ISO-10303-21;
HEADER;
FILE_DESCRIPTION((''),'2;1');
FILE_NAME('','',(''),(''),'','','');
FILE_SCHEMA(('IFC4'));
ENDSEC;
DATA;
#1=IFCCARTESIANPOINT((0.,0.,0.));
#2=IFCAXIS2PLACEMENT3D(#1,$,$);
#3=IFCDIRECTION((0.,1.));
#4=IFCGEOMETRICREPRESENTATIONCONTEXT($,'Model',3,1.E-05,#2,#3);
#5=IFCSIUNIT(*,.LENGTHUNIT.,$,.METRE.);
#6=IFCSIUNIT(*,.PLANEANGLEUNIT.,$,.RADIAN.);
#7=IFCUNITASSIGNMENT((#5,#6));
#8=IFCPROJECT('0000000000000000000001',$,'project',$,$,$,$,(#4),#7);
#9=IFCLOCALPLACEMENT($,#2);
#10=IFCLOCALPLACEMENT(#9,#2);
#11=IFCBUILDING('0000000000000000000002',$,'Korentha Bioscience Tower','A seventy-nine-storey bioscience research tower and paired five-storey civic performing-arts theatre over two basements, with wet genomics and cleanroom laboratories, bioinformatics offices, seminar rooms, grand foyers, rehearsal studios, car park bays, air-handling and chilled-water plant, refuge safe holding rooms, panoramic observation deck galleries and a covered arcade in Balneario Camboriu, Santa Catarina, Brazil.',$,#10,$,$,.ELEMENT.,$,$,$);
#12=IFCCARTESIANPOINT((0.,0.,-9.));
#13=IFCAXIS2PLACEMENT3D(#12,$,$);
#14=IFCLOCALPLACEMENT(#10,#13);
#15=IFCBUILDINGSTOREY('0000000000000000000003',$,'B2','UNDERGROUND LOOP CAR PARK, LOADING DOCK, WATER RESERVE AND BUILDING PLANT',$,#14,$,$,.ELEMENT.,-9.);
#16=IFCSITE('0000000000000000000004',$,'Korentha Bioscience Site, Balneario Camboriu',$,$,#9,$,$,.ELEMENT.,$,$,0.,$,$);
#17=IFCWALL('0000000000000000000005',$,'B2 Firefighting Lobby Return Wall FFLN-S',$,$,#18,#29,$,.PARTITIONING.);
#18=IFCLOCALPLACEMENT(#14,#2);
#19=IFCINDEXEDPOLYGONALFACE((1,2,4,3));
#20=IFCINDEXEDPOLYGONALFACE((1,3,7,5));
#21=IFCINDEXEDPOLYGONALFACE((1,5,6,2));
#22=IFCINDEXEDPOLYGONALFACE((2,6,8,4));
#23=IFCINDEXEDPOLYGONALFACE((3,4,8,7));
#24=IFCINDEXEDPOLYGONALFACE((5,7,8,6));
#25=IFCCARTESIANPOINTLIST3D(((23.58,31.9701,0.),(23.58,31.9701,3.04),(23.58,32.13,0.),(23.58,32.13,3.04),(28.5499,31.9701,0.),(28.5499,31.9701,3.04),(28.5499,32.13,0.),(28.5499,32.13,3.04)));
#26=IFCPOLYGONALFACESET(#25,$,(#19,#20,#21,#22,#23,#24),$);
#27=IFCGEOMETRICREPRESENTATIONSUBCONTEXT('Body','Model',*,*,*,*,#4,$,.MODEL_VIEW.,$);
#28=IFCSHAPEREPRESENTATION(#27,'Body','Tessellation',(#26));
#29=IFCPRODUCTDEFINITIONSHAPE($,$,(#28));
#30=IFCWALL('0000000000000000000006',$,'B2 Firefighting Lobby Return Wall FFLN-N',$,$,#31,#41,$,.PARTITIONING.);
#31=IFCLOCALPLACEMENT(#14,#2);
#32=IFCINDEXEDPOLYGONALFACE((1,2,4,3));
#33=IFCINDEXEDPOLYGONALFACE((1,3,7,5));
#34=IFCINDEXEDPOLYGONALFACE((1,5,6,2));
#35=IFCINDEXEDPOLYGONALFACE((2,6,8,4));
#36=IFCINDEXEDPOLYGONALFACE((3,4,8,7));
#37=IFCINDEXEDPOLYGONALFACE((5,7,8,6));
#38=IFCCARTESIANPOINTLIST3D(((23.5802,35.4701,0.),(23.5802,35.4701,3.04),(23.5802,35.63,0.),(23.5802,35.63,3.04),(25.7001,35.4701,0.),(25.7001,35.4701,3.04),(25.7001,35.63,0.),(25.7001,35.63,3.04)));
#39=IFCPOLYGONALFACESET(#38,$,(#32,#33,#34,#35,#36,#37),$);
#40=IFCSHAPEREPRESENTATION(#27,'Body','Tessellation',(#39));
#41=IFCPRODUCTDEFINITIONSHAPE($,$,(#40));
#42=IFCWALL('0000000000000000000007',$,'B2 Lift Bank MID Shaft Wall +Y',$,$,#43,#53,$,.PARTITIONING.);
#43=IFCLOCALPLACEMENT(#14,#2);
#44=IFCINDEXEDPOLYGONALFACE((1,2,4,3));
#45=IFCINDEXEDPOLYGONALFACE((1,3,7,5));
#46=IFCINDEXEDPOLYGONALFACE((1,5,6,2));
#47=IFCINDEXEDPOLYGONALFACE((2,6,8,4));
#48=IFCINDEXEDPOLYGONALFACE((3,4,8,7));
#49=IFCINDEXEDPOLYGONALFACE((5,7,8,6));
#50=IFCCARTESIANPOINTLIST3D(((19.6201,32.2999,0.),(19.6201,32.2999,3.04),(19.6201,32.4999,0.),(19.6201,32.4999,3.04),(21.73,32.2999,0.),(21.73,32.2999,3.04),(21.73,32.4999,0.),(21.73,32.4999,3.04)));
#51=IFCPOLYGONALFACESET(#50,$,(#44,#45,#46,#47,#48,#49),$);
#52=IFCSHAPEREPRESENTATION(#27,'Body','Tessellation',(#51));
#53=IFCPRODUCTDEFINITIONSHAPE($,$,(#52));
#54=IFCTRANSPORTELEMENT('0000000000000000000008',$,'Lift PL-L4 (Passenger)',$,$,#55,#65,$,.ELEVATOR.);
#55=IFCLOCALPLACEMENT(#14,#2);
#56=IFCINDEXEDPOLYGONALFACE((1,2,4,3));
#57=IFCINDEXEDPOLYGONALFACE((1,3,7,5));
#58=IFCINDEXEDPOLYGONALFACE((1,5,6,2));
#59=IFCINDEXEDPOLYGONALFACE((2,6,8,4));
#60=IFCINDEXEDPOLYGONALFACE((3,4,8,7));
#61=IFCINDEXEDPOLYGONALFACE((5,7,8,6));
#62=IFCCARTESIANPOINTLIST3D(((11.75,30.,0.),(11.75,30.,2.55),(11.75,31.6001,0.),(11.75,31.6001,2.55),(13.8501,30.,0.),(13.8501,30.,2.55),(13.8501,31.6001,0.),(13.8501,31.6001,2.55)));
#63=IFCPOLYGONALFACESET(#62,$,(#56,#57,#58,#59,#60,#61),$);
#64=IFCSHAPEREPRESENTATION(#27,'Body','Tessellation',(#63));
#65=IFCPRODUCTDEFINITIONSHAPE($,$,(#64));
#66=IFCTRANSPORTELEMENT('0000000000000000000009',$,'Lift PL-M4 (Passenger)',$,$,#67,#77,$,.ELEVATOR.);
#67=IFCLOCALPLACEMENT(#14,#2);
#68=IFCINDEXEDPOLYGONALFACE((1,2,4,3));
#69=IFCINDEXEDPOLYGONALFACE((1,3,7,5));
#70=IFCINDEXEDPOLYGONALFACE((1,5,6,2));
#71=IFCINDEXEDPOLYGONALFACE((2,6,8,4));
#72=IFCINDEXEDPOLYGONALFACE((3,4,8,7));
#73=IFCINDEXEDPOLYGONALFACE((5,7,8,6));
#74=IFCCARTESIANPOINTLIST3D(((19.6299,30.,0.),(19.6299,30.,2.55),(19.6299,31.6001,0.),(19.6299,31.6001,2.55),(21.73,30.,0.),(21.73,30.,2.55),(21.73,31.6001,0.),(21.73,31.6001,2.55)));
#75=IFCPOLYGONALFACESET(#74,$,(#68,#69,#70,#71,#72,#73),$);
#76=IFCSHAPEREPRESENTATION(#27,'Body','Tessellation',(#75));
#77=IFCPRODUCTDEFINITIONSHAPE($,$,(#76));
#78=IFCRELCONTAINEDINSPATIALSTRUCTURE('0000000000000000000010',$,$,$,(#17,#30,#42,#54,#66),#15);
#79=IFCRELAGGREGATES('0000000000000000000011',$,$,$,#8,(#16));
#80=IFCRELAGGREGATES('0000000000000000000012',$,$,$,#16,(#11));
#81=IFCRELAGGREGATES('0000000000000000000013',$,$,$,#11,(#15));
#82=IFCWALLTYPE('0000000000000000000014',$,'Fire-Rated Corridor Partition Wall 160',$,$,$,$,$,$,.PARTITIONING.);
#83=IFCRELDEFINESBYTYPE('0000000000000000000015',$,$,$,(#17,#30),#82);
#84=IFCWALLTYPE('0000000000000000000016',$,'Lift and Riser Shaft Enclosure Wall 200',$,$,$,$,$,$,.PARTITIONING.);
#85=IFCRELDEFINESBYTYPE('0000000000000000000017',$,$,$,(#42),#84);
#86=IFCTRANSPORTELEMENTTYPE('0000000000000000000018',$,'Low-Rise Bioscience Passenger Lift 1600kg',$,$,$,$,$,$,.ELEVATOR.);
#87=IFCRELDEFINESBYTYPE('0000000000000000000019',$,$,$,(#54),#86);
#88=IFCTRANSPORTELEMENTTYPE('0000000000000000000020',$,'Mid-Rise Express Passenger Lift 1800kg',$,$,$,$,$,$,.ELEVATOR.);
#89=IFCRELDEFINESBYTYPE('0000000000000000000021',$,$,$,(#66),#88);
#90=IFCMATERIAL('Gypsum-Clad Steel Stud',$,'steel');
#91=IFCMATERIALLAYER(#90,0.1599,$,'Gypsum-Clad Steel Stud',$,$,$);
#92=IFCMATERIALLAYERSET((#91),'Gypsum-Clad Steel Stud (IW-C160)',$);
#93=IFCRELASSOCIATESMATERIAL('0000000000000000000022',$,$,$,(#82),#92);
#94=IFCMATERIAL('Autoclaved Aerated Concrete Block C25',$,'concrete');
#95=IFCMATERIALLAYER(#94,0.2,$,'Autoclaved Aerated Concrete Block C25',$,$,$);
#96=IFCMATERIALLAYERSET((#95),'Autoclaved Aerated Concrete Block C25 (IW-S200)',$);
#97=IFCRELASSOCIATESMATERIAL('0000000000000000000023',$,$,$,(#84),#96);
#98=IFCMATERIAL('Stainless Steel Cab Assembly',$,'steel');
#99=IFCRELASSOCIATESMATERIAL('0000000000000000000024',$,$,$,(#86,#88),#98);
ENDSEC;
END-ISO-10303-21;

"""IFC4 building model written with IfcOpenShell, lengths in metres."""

from ifc_helpers import new_model, si_unit, direction, frame, frame_2d, origin, origin_2d, place, context, subcontext, project, spatial, rectangle, extrude, material, layer, layer_set, type_object, element, save


model = new_model("IFC4")

# Units and contexts
model_context = context("Model", 3, precision=1e-05, world=origin(), true_north=direction((0.0, 1.0)))
body_context = subcontext(model_context, "Body", "Model", "MODEL_VIEW")
ifc_project = project(units=[si_unit("LENGTHUNIT", "METRE"), si_unit("PLANEANGLEUNIT", "RADIAN")], contexts=[model_context])

# Site, building, storey
site_placement = place(None, origin())
site = spatial("IfcSite", under=ifc_project, at=site_placement, Name="Korentha Bioscience Site, Balneario Camboriu", CompositionType="ELEMENT", RefElevation=0.0)
building_placement = place(site_placement, origin())
building = spatial("IfcBuilding", under=site, at=building_placement, Name="Korentha Bioscience Tower", Description="A seventy-nine-storey bioscience research tower and paired five-storey civic performing-arts theatre over two basements, with wet genomics and cleanroom laboratories, bioinformatics offices, seminar rooms, grand foyers, rehearsal studios, car park bays, air-handling and chilled-water plant, refuge safe holding rooms, panoramic observation deck galleries and a covered arcade in Balneario Camboriu, Santa Catarina, Brazil.", CompositionType="ELEMENT")
storey_placement = place(building_placement, frame((0.0, 0.0, -9.0)))
storey = spatial("IfcBuildingStorey", under=building, at=storey_placement, Name="B2", Description="UNDERGROUND LOOP CAR PARK, LOADING DOCK, WATER RESERVE AND BUILDING PLANT", CompositionType="ELEMENT", Elevation=-9.0)

# Shared definitions
ifc_material_1 = material(Name="Gypsum-Clad Steel Stud", Category="steel")
ifc_layer_1 = layer(ifc_material_1, 0.1599, Name="Gypsum-Clad Steel Stud")
ifc_layer_set_1 = layer_set([ifc_layer_1], Name="Gypsum-Clad Steel Stud (IW-C160)")
wall_type_1 = type_object("IfcWallType", Name="Fire-Rated Corridor Partition Wall 160", PredefinedType="PARTITIONING", material=ifc_layer_set_1)

# Walls
wall_1_placement = place(storey_placement, frame((23.5801, 32.05, 0.0), z_axis=(0.0, 0.0, 1.0), x_axis=(1.0, 0.0, 0.0)))
element("IfcWall", 1, at=wall_1_placement, inside=storey, type_object=wall_type_1, Name="B2 Firefighting Lobby Return Wall FFLN-S", PredefinedType="PARTITIONING", context=body_context, shape_type="SweptSolid", body=[
    extrude(rectangle(XDim=4.97, YDim=0.1599, at=frame_2d((2.4849, 0.0))), origin(), (0.0, 0.0, 1.0), 3.04),
])
wall_2_placement = place(storey_placement, frame((23.5801, 35.55, 0.0), z_axis=(0.0, 0.0, 1.0), x_axis=(1.0, 0.0, 0.0)))
element("IfcWall", 2, at=wall_2_placement, inside=storey, type_object=wall_type_1, Name="B2 Firefighting Lobby Return Wall FFLN-N", PredefinedType="PARTITIONING", context=body_context, shape_type="SweptSolid", body=[
    extrude(rectangle(XDim=2.1199, YDim=0.1599, at=frame_2d((1.0601, 0.0))), origin(), (0.0, 0.0, 1.0), 3.04),
])
ifc_material_2 = material(Name="Autoclaved Aerated Concrete Block C25", Category="concrete")
ifc_layer_2 = layer(ifc_material_2, 0.2, Name="Autoclaved Aerated Concrete Block C25")
ifc_layer_set_2 = layer_set([ifc_layer_2], Name="Autoclaved Aerated Concrete Block C25 (IW-S200)")
wall_type_2 = type_object("IfcWallType", Name="Lift and Riser Shaft Enclosure Wall 200", PredefinedType="PARTITIONING", material=ifc_layer_set_2)
wall_3_placement = place(storey_placement, frame((19.6201, 32.3999, 0.0), z_axis=(0.0, 0.0, 1.0), x_axis=(1.0, 0.0, 0.0)))
element("IfcWall", 3, at=wall_3_placement, inside=storey, type_object=wall_type_2, Name="B2 Lift Bank MID Shaft Wall +Y", PredefinedType="PARTITIONING", context=body_context, shape_type="SweptSolid", body=[
    extrude(rectangle(XDim=2.1099, YDim=0.2, at=frame_2d((1.0549, 0.0))), origin(), (0.0, 0.0, 1.0), 3.04),
])

# Transport elements
ifc_material_3 = material(Name="Stainless Steel Cab Assembly", Category="steel")
transport_element_type_1 = type_object("IfcTransportElementType", Name="Low-Rise Bioscience Passenger Lift 1600kg", PredefinedType="ELEVATOR", material=ifc_material_3)
transport_element_1_placement = place(storey_placement, frame((12.8, 30.8, 0.0), z_axis=(0.0, 0.0, 1.0), x_axis=(0.0, 1.0, 0.0)))
element("IfcTransportElement", 4, at=transport_element_1_placement, inside=storey, type_object=transport_element_type_1, Name="Lift PL-L4 (Passenger)", PredefinedType="ELEVATOR", context=body_context, shape_type="SweptSolid", body=[
    extrude(rectangle(XDim=1.6001, YDim=2.1001, at=origin_2d()), origin(), (0.0, 0.0, 1.0), 2.55),
])
transport_element_type_2 = type_object("IfcTransportElementType", Name="Mid-Rise Express Passenger Lift 1800kg", PredefinedType="ELEVATOR", material=ifc_material_3)
transport_element_2_placement = place(storey_placement, frame((20.6799, 30.8, 0.0), z_axis=(0.0, 0.0, 1.0), x_axis=(0.0, 1.0, 0.0)))
element("IfcTransportElement", 5, at=transport_element_2_placement, inside=storey, type_object=transport_element_type_2, Name="Lift PL-M4 (Passenger)", PredefinedType="ELEVATOR", context=body_context, shape_type="SweptSolid", body=[
    extrude(rectangle(XDim=1.6001, YDim=2.1001, at=origin_2d()), origin(), (0.0, 0.0, 1.0), 2.55),
])

save(model, "model.ifc")
